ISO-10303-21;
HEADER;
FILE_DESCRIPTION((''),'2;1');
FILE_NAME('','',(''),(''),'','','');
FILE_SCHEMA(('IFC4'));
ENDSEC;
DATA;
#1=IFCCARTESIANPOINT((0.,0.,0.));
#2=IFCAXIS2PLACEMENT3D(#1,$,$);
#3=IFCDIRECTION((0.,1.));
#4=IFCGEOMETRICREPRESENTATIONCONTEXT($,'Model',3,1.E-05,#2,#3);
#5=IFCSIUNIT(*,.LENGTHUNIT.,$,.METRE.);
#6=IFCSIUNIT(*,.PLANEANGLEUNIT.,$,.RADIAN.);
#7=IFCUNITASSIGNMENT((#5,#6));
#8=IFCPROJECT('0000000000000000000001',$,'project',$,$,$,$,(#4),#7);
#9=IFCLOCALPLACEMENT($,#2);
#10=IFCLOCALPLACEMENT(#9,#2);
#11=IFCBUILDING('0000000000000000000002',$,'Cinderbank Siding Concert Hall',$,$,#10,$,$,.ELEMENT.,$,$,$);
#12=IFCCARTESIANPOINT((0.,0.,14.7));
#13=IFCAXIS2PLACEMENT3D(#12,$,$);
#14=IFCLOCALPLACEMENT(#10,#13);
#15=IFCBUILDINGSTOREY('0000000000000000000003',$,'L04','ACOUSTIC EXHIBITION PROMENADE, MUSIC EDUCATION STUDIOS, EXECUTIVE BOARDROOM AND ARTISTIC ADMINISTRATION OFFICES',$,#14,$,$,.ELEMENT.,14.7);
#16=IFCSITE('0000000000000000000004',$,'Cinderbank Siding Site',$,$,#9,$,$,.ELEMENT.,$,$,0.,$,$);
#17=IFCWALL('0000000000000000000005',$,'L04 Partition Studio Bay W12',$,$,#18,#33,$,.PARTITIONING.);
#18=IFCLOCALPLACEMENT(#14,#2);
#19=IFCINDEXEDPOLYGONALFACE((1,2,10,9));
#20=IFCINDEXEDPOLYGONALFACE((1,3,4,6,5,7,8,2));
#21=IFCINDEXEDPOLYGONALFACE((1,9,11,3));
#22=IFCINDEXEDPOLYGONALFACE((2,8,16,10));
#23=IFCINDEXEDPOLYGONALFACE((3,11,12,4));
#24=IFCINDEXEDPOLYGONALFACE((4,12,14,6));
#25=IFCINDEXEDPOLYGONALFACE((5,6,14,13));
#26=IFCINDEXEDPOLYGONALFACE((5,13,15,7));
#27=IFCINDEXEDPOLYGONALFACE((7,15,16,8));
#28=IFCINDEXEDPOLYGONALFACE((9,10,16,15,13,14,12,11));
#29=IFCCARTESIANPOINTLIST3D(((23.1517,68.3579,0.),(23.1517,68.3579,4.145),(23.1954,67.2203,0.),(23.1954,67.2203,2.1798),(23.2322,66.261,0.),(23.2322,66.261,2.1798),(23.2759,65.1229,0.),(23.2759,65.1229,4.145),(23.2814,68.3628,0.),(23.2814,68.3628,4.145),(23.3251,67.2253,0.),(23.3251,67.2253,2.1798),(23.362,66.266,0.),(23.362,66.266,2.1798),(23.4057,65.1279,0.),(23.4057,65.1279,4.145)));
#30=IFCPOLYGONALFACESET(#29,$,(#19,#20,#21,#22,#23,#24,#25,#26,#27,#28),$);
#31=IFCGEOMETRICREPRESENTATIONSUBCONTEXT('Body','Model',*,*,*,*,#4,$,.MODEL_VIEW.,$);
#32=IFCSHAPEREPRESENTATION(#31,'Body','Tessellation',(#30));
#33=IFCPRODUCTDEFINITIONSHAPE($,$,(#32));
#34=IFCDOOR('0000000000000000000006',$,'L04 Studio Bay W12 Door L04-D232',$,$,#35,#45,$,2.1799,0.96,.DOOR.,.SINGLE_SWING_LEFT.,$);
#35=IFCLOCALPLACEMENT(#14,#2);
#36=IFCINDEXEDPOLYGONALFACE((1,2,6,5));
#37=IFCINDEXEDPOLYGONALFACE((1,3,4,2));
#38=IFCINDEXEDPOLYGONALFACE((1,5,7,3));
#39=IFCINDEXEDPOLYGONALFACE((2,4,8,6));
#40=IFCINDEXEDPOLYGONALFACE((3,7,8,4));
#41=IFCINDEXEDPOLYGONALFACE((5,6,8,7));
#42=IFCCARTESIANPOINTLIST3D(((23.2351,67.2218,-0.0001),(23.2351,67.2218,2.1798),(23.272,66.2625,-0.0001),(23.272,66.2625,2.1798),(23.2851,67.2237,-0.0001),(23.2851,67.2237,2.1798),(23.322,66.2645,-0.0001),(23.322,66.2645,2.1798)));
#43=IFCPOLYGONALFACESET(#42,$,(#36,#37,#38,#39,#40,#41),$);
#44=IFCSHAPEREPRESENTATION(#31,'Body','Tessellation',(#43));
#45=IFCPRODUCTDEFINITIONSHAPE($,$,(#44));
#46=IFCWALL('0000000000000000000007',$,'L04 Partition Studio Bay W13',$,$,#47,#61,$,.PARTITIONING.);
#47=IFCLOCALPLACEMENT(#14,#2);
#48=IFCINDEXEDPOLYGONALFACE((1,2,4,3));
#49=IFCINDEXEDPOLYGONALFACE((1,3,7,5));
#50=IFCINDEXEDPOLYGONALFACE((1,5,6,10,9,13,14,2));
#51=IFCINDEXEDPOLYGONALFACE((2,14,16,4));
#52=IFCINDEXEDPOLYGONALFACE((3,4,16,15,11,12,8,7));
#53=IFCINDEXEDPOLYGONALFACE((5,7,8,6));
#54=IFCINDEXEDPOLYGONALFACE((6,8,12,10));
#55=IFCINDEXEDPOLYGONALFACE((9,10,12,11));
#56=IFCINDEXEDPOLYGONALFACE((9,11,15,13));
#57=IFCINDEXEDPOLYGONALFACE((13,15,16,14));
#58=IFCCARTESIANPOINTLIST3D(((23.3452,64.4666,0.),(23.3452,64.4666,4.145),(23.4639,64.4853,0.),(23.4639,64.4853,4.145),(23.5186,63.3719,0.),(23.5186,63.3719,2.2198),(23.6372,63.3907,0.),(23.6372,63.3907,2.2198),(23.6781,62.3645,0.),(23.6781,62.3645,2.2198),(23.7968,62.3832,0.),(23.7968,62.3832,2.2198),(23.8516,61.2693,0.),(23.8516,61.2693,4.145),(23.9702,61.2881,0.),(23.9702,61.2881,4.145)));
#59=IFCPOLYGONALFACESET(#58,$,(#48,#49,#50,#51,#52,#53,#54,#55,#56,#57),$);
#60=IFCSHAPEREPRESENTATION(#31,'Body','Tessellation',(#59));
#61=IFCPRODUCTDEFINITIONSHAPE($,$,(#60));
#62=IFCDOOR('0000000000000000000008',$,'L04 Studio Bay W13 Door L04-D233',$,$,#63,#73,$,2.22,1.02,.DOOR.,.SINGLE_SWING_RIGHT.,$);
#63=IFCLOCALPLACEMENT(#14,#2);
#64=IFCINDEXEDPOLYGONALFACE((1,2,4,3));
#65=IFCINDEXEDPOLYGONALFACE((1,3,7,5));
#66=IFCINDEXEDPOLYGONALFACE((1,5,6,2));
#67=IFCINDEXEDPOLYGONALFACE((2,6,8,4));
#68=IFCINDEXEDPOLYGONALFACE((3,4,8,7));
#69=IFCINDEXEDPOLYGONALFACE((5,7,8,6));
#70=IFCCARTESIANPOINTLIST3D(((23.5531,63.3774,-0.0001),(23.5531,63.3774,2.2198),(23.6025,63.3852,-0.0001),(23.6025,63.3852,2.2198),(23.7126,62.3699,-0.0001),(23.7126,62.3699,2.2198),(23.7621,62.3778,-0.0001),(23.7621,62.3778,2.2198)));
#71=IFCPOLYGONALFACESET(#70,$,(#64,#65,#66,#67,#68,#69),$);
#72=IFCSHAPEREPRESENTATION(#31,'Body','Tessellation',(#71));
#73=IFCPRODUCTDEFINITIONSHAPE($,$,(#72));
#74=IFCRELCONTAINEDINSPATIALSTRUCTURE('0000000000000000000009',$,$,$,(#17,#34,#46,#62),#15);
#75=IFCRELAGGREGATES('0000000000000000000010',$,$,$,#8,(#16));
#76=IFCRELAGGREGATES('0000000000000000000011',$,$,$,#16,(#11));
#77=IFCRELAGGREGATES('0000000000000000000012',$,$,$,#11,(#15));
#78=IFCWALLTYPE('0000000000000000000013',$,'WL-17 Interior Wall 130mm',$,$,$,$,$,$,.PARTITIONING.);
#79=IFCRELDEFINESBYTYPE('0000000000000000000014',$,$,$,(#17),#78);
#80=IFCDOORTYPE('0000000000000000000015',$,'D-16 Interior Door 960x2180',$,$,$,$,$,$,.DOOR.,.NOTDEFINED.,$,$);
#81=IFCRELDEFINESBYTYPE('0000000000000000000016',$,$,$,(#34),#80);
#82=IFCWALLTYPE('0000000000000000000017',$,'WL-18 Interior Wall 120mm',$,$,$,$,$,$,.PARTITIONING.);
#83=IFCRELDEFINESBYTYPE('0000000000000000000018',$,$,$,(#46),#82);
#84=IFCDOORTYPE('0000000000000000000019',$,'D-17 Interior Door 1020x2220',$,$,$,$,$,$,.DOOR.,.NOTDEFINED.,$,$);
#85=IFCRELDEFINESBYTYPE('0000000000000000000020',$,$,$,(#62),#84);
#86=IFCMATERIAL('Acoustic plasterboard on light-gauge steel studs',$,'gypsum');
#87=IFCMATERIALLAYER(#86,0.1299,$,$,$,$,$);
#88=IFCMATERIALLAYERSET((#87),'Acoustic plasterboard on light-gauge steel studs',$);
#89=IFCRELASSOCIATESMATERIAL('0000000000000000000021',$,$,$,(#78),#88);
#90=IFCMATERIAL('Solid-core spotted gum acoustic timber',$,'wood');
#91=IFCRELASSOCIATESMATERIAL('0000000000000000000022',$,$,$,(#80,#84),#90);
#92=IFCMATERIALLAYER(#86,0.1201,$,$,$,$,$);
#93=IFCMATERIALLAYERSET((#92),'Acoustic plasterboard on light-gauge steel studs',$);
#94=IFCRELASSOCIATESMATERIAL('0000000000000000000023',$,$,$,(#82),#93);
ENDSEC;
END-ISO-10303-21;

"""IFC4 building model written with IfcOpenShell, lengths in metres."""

from ifc_helpers import new_model, si_unit, direction, frame, frame_2d, origin, place, context, subcontext, project, spatial, rectangle, extrude, material, layer, layer_set, type_object, element, fill, save


model = new_model("IFC4")

# Units and contexts
model_context = context("Model", 3, precision=1e-05, world=origin(), true_north=direction((0.0, 1.0)))
body_context = subcontext(model_context, "Body", "Model", "MODEL_VIEW")
ifc_project = project(units=[si_unit("LENGTHUNIT", "METRE"), si_unit("PLANEANGLEUNIT", "RADIAN")], contexts=[model_context])

# Site, building, storey
site_placement = place(None, origin())
site = spatial("IfcSite", under=ifc_project, at=site_placement, Name="Cinderbank Siding Site", CompositionType="ELEMENT", RefElevation=0.0)
building_placement = place(site_placement, origin())
building = spatial("IfcBuilding", under=site, at=building_placement, Name="Cinderbank Siding Concert Hall", CompositionType="ELEMENT")
storey_placement = place(building_placement, frame((0.0, 0.0, 14.7)))
storey = spatial("IfcBuildingStorey", under=building, at=storey_placement, Name="L04", Description="ACOUSTIC EXHIBITION PROMENADE, MUSIC EDUCATION STUDIOS, EXECUTIVE BOARDROOM AND ARTISTIC ADMINISTRATION OFFICES", CompositionType="ELEMENT", Elevation=14.7)

# Shared definitions
ifc_material_1 = material(Name="Acoustic plasterboard on light-gauge steel studs", Category="gypsum")

# Walls, openings, doors
ifc_layer_1 = layer(ifc_material_1, 0.1299)
ifc_layer_set_1 = layer_set([ifc_layer_1], Name="Acoustic plasterboard on light-gauge steel studs")
wall_type_1 = type_object("IfcWallType", Name="WL-17 Interior Wall 130mm", PredefinedType="PARTITIONING", material=ifc_layer_set_1)
wall_1_placement = place(storey_placement, frame((23.2166, 68.3604, 0.0), z_axis=(0.0, 0.0, 1.0), x_axis=(0.038387, -0.999263, 0.0)))
wall_1 = element("IfcWall", 1, at=wall_1_placement, inside=storey, type_object=wall_type_1, Name="L04 Partition Studio Bay W12", PredefinedType="PARTITIONING", context=body_context, shape_type="SweptSolid", body=[
    extrude(rectangle(XDim=3.2373, YDim=0.1299, at=frame_2d((1.6187, 0.0))), origin(), (0.0, 0.0, 1.0), 4.145),
])
opening_1_placement = place(wall_1_placement, frame((1.1384, 0.0, 0.0)))
opening_1 = element("IfcOpeningElement", 2, at=opening_1_placement, cuts=wall_1, PredefinedType="OPENING", context=body_context, shape_type="SweptSolid", body=[
    extrude(rectangle(XDim=0.96, YDim=2.1799, at=frame_2d((0.48, 1.0898))), frame((0.0, 0.0769, 0.0), z_axis=(0.0, -1.0, 0.0), x_axis=(1.0, 0.0, 0.0)), (0.0, 0.0, 1.0), 0.1538),
])
ifc_material_2 = material(Name="Solid-core spotted gum acoustic timber", Category="wood")
door_type_1 = type_object("IfcDoorType", Name="D-16 Interior Door 960x2180", OperationType="NOTDEFINED", PredefinedType="DOOR", material=ifc_material_2)
door_1_placement = place(opening_1_placement, origin())
door_1 = element("IfcDoor", 3, at=door_1_placement, inside=storey, type_object=door_type_1, Name="L04 Studio Bay W12 Door L04-D232", OperationType="SINGLE_SWING_LEFT", OverallHeight=2.1799, OverallWidth=0.96, PredefinedType="DOOR", context=body_context, shape_type="SweptSolid", body=[
    extrude(rectangle(XDim=0.96, YDim=2.1799, at=frame_2d((0.48, 1.0898))), frame((0.0, 0.0249, 0.0), z_axis=(0.0, -1.0, 0.0), x_axis=(1.0, 0.0, 0.0)), (0.0, 0.0, 1.0), 0.05),
])
fill(opening_1, door_1)
ifc_layer_2 = layer(ifc_material_1, 0.1201)
ifc_layer_set_2 = layer_set([ifc_layer_2], Name="Acoustic plasterboard on light-gauge steel studs")
wall_type_2 = type_object("IfcWallType", Name="WL-18 Interior Wall 120mm", PredefinedType="PARTITIONING", material=ifc_layer_set_2)
wall_2_placement = place(storey_placement, frame((23.4045, 64.4761, 0.0), z_axis=(0.0, 0.0, 1.0), x_axis=(0.15642, -0.987691, 0.0)))
wall_2 = element("IfcWall", 4, at=wall_2_placement, inside=storey, type_object=wall_type_2, Name="L04 Partition Studio Bay W13", PredefinedType="PARTITIONING", context=body_context, shape_type="SweptSolid", body=[
    extrude(rectangle(XDim=3.2371, YDim=0.1201, at=frame_2d((1.6187, 0.0))), origin(), (0.0, 0.0, 1.0), 4.145),
])
opening_2_placement = place(wall_2_placement, frame((1.1084, 0.0, 0.0)))
opening_2 = element("IfcOpeningElement", 5, at=opening_2_placement, cuts=wall_2, PredefinedType="OPENING", context=body_context, shape_type="SweptSolid", body=[
    extrude(rectangle(XDim=1.02, YDim=2.22, at=frame_2d((0.51, 1.1099))), frame((0.0, 0.072, 0.0), z_axis=(0.0, -1.0, 0.0), x_axis=(1.0, 0.0, 0.0)), (0.0, 0.0, 1.0), 0.144),
])
door_type_2 = type_object("IfcDoorType", Name="D-17 Interior Door 1020x2220", OperationType="NOTDEFINED", PredefinedType="DOOR", material=ifc_material_2)
door_2_placement = place(opening_2_placement, origin())
door_2 = element("IfcDoor", 6, at=door_2_placement, inside=storey, type_object=door_type_2, Name="L04 Studio Bay W13 Door L04-D233", OperationType="SINGLE_SWING_RIGHT", OverallHeight=2.22, OverallWidth=1.02, PredefinedType="DOOR", context=body_context, shape_type="SweptSolid", body=[
    extrude(rectangle(XDim=1.02, YDim=2.22, at=frame_2d((0.51, 1.1099))), frame((0.0, 0.0249, 0.0), z_axis=(0.0, -1.0, 0.0), x_axis=(1.0, 0.0, 0.0)), (0.0, 0.0, 1.0), 0.05),
])
fill(opening_2, door_2)

save(model, "model.ifc")
